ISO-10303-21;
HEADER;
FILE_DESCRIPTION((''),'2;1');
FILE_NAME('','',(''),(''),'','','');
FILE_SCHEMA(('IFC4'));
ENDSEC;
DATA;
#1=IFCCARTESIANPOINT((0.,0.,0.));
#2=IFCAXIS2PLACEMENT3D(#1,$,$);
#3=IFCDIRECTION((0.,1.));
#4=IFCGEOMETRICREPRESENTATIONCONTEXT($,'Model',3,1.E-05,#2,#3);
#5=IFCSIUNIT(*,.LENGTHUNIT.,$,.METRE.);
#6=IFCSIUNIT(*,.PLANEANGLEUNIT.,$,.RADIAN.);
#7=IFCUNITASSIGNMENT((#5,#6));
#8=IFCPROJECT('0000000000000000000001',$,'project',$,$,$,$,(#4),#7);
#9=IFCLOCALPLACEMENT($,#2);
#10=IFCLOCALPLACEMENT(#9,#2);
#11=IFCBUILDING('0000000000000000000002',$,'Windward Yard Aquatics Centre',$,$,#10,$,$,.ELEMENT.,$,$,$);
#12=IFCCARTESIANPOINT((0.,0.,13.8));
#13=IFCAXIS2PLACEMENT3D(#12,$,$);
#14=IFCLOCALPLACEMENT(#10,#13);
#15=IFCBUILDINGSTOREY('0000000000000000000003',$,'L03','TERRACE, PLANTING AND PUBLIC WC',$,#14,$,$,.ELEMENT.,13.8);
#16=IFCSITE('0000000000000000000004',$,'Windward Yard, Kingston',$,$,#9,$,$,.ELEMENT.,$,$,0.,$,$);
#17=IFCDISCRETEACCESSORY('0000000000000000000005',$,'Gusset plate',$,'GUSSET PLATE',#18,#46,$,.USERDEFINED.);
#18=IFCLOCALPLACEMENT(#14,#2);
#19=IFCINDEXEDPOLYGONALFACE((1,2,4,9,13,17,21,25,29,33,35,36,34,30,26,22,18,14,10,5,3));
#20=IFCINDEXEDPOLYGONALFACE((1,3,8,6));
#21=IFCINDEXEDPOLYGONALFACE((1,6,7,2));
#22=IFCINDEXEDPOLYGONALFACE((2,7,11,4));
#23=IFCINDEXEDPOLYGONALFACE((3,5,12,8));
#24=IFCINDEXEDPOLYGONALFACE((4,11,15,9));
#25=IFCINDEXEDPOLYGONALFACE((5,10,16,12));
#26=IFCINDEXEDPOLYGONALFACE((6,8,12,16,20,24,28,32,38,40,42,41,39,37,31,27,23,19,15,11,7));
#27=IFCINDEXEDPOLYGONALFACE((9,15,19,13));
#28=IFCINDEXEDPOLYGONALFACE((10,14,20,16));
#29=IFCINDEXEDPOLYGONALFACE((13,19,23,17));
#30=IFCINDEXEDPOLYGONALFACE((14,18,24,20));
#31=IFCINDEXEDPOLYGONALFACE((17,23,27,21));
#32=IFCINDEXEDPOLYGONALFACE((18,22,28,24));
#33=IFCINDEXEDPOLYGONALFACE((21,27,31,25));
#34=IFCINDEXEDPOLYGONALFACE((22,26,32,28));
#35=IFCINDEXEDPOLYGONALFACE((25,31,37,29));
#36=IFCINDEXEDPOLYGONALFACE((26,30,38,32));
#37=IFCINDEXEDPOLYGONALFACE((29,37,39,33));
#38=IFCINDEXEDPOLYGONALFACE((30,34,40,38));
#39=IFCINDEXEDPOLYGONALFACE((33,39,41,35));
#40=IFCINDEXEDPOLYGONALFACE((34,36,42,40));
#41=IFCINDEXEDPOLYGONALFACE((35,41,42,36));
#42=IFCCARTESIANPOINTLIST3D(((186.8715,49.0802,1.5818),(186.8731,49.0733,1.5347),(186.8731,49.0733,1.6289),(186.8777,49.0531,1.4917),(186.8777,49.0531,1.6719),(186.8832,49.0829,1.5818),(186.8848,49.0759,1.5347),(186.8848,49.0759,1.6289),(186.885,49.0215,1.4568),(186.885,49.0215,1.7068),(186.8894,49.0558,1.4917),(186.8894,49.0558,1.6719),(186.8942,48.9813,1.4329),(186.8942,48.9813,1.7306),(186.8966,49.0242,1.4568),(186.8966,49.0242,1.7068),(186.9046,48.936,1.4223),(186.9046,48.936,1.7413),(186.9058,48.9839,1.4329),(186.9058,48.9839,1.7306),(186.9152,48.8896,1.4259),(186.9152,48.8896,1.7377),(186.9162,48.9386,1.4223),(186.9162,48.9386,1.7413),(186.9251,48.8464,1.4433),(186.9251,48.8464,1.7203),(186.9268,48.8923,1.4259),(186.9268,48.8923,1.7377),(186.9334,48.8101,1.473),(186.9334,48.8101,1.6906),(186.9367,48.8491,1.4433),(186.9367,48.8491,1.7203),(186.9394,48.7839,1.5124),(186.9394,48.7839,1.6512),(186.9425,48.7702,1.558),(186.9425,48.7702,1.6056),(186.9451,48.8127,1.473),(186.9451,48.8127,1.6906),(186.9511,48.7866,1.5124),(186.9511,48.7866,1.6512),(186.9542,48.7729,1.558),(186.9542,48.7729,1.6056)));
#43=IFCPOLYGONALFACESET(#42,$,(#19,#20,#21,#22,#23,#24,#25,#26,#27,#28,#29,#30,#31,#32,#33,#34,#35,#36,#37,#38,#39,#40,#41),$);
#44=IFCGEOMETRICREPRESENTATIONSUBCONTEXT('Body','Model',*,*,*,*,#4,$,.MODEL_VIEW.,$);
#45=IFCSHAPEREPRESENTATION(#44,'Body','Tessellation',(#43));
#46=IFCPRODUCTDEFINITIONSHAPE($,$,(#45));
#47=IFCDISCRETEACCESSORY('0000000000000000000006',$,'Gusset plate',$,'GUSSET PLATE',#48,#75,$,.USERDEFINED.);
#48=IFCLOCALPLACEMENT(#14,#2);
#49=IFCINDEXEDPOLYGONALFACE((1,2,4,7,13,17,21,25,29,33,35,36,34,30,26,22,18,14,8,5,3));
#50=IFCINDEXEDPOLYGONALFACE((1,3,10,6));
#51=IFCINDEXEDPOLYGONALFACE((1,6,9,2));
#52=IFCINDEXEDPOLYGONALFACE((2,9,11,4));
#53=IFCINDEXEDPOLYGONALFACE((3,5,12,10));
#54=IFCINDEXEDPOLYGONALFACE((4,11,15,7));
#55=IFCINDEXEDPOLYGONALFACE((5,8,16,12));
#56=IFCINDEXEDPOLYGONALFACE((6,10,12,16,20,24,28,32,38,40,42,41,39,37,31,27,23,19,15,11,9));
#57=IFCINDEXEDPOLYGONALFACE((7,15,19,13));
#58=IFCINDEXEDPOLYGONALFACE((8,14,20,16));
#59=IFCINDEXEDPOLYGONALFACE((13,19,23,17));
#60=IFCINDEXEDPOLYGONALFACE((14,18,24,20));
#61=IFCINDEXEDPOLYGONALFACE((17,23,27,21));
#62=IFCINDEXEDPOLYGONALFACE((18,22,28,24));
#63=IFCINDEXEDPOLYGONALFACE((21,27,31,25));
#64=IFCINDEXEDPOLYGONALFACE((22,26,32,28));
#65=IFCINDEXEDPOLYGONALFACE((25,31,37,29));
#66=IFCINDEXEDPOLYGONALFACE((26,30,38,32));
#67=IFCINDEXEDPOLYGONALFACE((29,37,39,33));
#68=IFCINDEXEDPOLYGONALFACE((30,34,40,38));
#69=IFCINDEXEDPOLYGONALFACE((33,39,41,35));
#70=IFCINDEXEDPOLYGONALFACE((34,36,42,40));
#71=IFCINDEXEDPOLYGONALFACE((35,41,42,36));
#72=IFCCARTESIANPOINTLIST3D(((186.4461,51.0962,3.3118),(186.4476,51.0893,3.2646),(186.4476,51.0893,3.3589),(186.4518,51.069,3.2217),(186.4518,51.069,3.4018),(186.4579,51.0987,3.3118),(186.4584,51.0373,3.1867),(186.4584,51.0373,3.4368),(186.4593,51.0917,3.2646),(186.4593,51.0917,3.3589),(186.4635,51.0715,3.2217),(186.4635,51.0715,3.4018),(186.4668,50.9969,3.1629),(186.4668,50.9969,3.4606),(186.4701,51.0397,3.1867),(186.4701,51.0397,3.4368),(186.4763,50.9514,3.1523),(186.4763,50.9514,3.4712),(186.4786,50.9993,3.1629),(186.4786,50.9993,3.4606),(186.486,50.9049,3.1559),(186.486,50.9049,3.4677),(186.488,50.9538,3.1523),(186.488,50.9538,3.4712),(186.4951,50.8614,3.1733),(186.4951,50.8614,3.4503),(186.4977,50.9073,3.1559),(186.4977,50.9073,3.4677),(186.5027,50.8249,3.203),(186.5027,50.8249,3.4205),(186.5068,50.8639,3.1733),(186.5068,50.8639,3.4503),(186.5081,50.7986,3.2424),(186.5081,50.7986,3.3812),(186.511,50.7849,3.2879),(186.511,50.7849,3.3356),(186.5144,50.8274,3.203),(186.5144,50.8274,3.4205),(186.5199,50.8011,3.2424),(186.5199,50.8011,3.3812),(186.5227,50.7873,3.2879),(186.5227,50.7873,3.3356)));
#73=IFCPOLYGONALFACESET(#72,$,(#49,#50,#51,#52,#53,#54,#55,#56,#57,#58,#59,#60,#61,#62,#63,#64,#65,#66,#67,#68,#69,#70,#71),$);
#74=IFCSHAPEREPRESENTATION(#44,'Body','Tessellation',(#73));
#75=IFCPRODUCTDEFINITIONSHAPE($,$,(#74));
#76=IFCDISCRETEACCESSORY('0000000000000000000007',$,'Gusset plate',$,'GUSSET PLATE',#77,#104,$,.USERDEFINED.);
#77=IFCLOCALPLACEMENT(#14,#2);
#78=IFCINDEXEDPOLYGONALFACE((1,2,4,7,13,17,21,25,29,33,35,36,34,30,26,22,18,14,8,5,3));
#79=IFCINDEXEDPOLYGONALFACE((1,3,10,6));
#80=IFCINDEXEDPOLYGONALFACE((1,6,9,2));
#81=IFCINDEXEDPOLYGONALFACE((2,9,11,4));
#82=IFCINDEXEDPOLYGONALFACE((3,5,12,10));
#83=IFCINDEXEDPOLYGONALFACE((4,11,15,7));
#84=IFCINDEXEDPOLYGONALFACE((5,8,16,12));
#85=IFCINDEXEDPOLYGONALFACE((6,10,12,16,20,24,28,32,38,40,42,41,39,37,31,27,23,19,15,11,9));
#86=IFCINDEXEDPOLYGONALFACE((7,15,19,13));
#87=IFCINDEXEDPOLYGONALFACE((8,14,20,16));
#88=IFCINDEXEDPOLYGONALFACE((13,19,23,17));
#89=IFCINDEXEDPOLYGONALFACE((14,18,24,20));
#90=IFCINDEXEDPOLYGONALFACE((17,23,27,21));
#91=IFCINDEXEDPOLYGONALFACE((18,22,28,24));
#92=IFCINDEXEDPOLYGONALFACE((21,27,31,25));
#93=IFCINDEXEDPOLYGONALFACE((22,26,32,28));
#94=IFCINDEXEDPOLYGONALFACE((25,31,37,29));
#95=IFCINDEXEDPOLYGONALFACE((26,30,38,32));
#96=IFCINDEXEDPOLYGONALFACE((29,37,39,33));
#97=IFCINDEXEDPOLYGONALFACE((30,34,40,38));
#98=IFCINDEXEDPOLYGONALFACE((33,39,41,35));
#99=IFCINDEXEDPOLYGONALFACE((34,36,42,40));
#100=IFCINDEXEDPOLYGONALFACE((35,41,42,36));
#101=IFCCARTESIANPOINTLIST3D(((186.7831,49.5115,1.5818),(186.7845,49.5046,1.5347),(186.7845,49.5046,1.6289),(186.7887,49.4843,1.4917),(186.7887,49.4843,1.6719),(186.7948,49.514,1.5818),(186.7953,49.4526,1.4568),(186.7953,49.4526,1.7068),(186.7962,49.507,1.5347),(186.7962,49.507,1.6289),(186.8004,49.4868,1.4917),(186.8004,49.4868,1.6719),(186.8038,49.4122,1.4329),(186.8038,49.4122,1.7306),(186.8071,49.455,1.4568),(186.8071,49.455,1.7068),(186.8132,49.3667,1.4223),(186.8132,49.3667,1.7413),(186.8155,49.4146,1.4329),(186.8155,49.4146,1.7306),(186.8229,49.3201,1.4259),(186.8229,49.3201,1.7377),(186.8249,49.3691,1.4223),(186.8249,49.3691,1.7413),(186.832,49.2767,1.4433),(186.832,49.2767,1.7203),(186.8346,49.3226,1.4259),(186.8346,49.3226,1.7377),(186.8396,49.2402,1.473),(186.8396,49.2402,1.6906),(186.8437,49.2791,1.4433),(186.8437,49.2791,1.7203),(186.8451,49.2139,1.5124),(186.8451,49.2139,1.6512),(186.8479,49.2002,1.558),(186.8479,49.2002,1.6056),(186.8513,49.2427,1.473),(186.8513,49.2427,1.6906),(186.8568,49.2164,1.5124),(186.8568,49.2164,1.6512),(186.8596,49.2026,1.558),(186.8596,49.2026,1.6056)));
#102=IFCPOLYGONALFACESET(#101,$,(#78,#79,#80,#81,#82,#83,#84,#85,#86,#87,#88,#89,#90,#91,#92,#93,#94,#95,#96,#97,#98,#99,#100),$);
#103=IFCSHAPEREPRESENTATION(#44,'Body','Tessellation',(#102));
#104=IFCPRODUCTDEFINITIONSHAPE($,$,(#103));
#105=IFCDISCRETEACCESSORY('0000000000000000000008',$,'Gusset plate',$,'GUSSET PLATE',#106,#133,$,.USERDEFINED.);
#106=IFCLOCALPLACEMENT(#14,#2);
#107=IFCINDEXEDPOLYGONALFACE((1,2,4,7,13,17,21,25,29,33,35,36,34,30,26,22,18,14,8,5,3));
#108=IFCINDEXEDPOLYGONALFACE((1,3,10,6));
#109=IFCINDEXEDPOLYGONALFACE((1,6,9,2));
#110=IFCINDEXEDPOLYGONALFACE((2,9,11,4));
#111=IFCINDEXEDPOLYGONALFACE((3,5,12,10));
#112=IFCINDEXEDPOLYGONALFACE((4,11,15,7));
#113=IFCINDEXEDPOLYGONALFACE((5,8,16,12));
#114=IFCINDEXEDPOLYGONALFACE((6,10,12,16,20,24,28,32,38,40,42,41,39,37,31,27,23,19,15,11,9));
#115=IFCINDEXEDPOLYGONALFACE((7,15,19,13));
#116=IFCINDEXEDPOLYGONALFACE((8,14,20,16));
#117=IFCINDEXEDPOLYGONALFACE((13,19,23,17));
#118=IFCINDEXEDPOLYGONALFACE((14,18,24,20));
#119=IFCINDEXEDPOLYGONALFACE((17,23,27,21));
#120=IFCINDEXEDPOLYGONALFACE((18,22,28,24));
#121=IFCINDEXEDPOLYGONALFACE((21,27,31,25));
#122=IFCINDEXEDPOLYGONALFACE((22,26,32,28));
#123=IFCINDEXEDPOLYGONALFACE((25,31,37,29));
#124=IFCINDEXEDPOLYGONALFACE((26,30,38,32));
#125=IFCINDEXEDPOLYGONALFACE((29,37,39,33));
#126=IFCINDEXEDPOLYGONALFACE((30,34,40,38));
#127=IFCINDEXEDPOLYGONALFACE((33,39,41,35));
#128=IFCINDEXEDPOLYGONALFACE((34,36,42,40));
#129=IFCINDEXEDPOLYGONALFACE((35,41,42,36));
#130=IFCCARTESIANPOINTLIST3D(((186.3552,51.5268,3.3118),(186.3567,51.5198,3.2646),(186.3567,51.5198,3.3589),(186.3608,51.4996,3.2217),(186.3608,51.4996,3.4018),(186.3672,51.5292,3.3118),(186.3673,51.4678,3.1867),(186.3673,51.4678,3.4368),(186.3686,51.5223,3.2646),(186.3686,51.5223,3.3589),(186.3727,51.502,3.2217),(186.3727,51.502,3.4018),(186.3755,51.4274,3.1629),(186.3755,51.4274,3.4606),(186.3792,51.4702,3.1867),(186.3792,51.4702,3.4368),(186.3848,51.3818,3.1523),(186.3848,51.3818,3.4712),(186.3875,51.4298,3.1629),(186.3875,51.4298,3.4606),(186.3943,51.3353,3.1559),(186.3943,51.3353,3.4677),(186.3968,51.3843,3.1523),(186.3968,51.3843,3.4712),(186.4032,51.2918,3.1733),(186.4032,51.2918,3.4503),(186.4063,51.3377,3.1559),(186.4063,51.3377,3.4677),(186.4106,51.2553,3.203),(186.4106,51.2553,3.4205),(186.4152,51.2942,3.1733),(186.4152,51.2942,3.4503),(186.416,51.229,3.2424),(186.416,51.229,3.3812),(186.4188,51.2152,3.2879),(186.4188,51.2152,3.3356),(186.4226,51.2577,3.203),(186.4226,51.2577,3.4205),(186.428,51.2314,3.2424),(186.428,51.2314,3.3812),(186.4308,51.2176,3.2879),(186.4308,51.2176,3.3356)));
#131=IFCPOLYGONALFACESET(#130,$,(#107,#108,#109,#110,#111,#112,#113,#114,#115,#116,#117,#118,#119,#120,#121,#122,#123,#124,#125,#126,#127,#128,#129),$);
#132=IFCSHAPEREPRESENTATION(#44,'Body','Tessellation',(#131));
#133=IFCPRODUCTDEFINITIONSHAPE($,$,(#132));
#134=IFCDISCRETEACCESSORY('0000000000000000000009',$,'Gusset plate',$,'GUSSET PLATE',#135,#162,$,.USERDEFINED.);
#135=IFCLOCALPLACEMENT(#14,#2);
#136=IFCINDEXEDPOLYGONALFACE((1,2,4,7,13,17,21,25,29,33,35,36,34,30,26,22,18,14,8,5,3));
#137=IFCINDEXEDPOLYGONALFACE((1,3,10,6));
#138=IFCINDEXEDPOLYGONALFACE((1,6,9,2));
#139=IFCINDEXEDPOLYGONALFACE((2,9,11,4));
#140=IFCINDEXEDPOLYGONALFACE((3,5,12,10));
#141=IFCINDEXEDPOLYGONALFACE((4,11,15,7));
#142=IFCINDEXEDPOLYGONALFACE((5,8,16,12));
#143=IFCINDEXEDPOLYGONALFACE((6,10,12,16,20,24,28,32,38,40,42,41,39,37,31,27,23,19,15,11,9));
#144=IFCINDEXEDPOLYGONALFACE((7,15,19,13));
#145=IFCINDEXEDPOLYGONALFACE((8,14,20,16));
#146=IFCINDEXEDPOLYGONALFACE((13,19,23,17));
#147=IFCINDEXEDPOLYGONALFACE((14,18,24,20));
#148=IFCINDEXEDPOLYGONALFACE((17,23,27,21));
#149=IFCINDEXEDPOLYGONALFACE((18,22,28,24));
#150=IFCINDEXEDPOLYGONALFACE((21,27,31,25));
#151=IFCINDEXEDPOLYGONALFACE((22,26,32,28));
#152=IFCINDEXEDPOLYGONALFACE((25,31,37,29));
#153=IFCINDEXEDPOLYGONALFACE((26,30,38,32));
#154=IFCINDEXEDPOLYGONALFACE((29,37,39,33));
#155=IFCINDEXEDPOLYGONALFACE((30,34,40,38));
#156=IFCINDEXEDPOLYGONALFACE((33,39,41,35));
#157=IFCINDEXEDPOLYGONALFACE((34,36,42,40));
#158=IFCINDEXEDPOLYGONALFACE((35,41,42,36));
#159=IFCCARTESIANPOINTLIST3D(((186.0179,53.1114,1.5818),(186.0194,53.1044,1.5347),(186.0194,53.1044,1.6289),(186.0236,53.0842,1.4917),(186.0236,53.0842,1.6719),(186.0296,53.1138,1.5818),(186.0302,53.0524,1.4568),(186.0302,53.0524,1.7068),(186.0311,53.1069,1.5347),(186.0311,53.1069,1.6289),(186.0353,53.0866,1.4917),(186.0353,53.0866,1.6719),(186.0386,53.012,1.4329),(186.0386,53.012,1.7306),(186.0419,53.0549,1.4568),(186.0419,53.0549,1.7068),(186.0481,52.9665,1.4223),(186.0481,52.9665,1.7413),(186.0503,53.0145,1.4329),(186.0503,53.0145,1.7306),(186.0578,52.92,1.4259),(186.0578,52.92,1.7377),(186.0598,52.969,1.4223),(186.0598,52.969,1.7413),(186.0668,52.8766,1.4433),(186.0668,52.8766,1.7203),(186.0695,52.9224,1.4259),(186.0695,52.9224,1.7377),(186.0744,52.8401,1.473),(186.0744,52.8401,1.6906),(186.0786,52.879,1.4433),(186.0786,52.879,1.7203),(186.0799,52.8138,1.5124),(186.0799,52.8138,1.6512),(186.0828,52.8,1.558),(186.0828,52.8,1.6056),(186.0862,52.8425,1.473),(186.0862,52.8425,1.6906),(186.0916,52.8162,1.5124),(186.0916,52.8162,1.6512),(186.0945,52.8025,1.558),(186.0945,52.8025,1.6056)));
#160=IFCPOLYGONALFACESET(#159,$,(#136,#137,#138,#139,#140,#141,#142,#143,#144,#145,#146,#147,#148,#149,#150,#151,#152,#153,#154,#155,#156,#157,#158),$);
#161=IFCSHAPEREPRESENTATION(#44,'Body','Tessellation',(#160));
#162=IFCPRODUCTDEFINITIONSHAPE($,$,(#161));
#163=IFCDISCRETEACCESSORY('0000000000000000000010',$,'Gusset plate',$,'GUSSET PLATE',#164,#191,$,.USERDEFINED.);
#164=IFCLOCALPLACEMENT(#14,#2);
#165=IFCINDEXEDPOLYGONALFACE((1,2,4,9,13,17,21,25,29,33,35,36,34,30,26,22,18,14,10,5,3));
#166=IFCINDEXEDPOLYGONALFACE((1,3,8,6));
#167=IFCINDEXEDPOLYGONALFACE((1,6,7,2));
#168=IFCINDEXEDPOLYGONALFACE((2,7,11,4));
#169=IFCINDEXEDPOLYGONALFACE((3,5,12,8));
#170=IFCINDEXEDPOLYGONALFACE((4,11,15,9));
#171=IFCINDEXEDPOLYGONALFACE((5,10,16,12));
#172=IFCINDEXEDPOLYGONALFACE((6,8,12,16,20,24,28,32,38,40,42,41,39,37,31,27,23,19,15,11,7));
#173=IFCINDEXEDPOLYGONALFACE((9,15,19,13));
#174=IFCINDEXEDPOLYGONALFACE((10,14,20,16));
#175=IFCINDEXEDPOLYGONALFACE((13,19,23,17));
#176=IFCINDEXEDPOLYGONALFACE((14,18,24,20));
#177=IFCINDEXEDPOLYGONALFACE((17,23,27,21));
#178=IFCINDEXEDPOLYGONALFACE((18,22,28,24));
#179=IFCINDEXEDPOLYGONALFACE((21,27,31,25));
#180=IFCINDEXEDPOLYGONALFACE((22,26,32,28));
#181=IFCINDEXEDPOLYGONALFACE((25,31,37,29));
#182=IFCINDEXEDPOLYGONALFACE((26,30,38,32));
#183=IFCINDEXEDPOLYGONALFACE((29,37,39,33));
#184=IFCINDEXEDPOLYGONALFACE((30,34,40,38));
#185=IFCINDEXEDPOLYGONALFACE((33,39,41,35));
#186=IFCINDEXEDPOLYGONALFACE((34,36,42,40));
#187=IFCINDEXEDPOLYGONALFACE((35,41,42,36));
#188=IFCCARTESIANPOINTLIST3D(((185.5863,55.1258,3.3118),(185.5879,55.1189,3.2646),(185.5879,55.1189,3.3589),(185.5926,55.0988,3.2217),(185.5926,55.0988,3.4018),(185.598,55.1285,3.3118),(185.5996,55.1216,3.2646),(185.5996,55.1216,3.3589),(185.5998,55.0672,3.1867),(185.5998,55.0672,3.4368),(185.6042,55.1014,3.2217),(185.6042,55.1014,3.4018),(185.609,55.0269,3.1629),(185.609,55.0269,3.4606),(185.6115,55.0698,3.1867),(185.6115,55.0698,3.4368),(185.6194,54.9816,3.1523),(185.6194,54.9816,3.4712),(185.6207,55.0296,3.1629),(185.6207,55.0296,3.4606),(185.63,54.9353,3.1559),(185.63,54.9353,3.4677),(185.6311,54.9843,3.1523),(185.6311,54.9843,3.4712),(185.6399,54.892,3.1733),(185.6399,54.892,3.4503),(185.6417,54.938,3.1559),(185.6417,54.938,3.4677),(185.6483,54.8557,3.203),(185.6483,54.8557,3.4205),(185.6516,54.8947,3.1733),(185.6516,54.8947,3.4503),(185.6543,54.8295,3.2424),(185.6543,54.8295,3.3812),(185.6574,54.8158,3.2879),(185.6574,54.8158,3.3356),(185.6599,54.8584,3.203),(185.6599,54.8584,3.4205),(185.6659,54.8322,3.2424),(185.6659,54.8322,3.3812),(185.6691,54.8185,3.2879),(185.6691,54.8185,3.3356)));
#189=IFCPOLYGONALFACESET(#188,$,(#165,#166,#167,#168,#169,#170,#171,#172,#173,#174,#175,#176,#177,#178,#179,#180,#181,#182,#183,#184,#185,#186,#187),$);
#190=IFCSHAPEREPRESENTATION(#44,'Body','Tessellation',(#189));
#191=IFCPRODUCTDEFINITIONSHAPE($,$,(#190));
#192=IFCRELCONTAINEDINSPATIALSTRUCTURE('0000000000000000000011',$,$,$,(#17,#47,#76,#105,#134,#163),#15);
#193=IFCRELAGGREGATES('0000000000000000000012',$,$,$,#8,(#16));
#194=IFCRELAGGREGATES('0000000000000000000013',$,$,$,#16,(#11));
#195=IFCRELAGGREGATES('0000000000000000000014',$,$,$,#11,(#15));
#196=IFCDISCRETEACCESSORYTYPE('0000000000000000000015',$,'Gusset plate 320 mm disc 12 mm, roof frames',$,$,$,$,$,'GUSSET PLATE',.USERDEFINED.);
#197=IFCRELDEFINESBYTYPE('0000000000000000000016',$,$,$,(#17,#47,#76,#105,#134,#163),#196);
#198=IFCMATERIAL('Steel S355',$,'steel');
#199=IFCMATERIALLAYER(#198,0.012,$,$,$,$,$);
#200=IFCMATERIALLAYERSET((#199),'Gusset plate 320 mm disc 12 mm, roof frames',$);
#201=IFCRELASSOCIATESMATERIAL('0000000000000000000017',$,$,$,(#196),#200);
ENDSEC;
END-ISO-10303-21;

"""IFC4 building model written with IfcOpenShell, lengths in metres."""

from ifc_helpers import new_model, si_unit, direction, frame, origin, origin_2d, place, context, subcontext, project, spatial, circle, extrude, material, layer, layer_set, type_object, element, save


model = new_model("IFC4")

# Units and contexts
model_context = context("Model", 3, precision=1e-05, world=origin(), true_north=direction((0.0, 1.0)))
body_context = subcontext(model_context, "Body", "Model", "MODEL_VIEW")
ifc_project = project(units=[si_unit("LENGTHUNIT", "METRE"), si_unit("PLANEANGLEUNIT", "RADIAN")], contexts=[model_context])

# Site, building, storey
site_placement = place(None, origin())
site = spatial("IfcSite", under=ifc_project, at=site_placement, Name="Windward Yard, Kingston", CompositionType="ELEMENT", RefElevation=0.0)
building_placement = place(site_placement, origin())
building = spatial("IfcBuilding", under=site, at=building_placement, Name="Windward Yard Aquatics Centre", CompositionType="ELEMENT")
storey_placement = place(building_placement, frame((0.0, 0.0, 13.8)))
storey = spatial("IfcBuildingStorey", under=building, at=storey_placement, Name="L03", Description="TERRACE, PLANTING AND PUBLIC WC", CompositionType="ELEMENT", Elevation=13.8)

# Discrete accessories
ifc_material_1 = material(Name="Steel S355", Category="steel")
ifc_layer_1 = layer(ifc_material_1, 0.012)
ifc_layer_set_1 = layer_set([ifc_layer_1], Name="Gusset plate 320 mm disc 12 mm, roof frames")
discrete_accessory_type_1 = type_object("IfcDiscreteAccessoryType", Name="Gusset plate 320 mm disc 12 mm, roof frames", ElementType="GUSSET PLATE", PredefinedType="USERDEFINED", material=ifc_layer_set_1)
for number, where, z_axis, x_axis, name in (
    (1, (186.9072, 48.9243, 1.5818), (0.974732, 0.223376, 0.0), (-0.223376, 0.974732, 0.0), "Gusset plate"),
    (2, (186.4788, 50.9397, 3.3118), (0.97898, 0.203954, 0.0), (-0.203954, 0.97898, 0.0), "Gusset plate"),
    (3, (186.8157, 49.355, 1.5818), (0.97898, 0.203954, 0.0), (-0.203954, 0.97898, 0.0), "Gusset plate"),
):
    element("IfcDiscreteAccessory", number, at=place(storey_placement, frame(where, z_axis=z_axis, x_axis=x_axis)), inside=storey, type_object=discrete_accessory_type_1, Name=name, ObjectType="GUSSET PLATE", PredefinedType="USERDEFINED", context=body_context, shape_type="SweptSolid", body=[
        extrude(circle(Radius=0.1599, at=origin_2d()), origin(), (0.0, 0.0, 1.0), 0.012),
    ])
discrete_accessory_1_placement = place(storey_placement, frame((186.3872, 51.3701, 3.3118), z_axis=(0.979804, 0.19996, 0.0), x_axis=(-0.19996, 0.979804, 0.0)))
element("IfcDiscreteAccessory", 4, at=discrete_accessory_1_placement, inside=storey, type_object=discrete_accessory_type_1, Name="Gusset plate", ObjectType="GUSSET PLATE", PredefinedType="USERDEFINED", context=body_context, shape_type="SweptSolid", body=[
    extrude(circle(Radius=0.1599, at=origin_2d()), origin(), (0.0, 0.0, 1.0), 0.0122),
])
for number, where, z_axis, x_axis, name in (
    (5, (186.0505, 52.9548, 1.5818), (0.97898, 0.203954, 0.0), (-0.203954, 0.97898, 0.0), "Gusset plate"),
    (6, (185.6221, 54.97, 3.3118), (0.974732, 0.223376, 0.0), (-0.223376, 0.974732, 0.0), "Gusset plate"),
):
    element("IfcDiscreteAccessory", number, at=place(storey_placement, frame(where, z_axis=z_axis, x_axis=x_axis)), inside=storey, type_object=discrete_accessory_type_1, Name=name, ObjectType="GUSSET PLATE", PredefinedType="USERDEFINED", context=body_context, shape_type="SweptSolid", body=[
        extrude(circle(Radius=0.1599, at=origin_2d()), origin(), (0.0, 0.0, 1.0), 0.012),
    ])

save(model, "model.ifc")
